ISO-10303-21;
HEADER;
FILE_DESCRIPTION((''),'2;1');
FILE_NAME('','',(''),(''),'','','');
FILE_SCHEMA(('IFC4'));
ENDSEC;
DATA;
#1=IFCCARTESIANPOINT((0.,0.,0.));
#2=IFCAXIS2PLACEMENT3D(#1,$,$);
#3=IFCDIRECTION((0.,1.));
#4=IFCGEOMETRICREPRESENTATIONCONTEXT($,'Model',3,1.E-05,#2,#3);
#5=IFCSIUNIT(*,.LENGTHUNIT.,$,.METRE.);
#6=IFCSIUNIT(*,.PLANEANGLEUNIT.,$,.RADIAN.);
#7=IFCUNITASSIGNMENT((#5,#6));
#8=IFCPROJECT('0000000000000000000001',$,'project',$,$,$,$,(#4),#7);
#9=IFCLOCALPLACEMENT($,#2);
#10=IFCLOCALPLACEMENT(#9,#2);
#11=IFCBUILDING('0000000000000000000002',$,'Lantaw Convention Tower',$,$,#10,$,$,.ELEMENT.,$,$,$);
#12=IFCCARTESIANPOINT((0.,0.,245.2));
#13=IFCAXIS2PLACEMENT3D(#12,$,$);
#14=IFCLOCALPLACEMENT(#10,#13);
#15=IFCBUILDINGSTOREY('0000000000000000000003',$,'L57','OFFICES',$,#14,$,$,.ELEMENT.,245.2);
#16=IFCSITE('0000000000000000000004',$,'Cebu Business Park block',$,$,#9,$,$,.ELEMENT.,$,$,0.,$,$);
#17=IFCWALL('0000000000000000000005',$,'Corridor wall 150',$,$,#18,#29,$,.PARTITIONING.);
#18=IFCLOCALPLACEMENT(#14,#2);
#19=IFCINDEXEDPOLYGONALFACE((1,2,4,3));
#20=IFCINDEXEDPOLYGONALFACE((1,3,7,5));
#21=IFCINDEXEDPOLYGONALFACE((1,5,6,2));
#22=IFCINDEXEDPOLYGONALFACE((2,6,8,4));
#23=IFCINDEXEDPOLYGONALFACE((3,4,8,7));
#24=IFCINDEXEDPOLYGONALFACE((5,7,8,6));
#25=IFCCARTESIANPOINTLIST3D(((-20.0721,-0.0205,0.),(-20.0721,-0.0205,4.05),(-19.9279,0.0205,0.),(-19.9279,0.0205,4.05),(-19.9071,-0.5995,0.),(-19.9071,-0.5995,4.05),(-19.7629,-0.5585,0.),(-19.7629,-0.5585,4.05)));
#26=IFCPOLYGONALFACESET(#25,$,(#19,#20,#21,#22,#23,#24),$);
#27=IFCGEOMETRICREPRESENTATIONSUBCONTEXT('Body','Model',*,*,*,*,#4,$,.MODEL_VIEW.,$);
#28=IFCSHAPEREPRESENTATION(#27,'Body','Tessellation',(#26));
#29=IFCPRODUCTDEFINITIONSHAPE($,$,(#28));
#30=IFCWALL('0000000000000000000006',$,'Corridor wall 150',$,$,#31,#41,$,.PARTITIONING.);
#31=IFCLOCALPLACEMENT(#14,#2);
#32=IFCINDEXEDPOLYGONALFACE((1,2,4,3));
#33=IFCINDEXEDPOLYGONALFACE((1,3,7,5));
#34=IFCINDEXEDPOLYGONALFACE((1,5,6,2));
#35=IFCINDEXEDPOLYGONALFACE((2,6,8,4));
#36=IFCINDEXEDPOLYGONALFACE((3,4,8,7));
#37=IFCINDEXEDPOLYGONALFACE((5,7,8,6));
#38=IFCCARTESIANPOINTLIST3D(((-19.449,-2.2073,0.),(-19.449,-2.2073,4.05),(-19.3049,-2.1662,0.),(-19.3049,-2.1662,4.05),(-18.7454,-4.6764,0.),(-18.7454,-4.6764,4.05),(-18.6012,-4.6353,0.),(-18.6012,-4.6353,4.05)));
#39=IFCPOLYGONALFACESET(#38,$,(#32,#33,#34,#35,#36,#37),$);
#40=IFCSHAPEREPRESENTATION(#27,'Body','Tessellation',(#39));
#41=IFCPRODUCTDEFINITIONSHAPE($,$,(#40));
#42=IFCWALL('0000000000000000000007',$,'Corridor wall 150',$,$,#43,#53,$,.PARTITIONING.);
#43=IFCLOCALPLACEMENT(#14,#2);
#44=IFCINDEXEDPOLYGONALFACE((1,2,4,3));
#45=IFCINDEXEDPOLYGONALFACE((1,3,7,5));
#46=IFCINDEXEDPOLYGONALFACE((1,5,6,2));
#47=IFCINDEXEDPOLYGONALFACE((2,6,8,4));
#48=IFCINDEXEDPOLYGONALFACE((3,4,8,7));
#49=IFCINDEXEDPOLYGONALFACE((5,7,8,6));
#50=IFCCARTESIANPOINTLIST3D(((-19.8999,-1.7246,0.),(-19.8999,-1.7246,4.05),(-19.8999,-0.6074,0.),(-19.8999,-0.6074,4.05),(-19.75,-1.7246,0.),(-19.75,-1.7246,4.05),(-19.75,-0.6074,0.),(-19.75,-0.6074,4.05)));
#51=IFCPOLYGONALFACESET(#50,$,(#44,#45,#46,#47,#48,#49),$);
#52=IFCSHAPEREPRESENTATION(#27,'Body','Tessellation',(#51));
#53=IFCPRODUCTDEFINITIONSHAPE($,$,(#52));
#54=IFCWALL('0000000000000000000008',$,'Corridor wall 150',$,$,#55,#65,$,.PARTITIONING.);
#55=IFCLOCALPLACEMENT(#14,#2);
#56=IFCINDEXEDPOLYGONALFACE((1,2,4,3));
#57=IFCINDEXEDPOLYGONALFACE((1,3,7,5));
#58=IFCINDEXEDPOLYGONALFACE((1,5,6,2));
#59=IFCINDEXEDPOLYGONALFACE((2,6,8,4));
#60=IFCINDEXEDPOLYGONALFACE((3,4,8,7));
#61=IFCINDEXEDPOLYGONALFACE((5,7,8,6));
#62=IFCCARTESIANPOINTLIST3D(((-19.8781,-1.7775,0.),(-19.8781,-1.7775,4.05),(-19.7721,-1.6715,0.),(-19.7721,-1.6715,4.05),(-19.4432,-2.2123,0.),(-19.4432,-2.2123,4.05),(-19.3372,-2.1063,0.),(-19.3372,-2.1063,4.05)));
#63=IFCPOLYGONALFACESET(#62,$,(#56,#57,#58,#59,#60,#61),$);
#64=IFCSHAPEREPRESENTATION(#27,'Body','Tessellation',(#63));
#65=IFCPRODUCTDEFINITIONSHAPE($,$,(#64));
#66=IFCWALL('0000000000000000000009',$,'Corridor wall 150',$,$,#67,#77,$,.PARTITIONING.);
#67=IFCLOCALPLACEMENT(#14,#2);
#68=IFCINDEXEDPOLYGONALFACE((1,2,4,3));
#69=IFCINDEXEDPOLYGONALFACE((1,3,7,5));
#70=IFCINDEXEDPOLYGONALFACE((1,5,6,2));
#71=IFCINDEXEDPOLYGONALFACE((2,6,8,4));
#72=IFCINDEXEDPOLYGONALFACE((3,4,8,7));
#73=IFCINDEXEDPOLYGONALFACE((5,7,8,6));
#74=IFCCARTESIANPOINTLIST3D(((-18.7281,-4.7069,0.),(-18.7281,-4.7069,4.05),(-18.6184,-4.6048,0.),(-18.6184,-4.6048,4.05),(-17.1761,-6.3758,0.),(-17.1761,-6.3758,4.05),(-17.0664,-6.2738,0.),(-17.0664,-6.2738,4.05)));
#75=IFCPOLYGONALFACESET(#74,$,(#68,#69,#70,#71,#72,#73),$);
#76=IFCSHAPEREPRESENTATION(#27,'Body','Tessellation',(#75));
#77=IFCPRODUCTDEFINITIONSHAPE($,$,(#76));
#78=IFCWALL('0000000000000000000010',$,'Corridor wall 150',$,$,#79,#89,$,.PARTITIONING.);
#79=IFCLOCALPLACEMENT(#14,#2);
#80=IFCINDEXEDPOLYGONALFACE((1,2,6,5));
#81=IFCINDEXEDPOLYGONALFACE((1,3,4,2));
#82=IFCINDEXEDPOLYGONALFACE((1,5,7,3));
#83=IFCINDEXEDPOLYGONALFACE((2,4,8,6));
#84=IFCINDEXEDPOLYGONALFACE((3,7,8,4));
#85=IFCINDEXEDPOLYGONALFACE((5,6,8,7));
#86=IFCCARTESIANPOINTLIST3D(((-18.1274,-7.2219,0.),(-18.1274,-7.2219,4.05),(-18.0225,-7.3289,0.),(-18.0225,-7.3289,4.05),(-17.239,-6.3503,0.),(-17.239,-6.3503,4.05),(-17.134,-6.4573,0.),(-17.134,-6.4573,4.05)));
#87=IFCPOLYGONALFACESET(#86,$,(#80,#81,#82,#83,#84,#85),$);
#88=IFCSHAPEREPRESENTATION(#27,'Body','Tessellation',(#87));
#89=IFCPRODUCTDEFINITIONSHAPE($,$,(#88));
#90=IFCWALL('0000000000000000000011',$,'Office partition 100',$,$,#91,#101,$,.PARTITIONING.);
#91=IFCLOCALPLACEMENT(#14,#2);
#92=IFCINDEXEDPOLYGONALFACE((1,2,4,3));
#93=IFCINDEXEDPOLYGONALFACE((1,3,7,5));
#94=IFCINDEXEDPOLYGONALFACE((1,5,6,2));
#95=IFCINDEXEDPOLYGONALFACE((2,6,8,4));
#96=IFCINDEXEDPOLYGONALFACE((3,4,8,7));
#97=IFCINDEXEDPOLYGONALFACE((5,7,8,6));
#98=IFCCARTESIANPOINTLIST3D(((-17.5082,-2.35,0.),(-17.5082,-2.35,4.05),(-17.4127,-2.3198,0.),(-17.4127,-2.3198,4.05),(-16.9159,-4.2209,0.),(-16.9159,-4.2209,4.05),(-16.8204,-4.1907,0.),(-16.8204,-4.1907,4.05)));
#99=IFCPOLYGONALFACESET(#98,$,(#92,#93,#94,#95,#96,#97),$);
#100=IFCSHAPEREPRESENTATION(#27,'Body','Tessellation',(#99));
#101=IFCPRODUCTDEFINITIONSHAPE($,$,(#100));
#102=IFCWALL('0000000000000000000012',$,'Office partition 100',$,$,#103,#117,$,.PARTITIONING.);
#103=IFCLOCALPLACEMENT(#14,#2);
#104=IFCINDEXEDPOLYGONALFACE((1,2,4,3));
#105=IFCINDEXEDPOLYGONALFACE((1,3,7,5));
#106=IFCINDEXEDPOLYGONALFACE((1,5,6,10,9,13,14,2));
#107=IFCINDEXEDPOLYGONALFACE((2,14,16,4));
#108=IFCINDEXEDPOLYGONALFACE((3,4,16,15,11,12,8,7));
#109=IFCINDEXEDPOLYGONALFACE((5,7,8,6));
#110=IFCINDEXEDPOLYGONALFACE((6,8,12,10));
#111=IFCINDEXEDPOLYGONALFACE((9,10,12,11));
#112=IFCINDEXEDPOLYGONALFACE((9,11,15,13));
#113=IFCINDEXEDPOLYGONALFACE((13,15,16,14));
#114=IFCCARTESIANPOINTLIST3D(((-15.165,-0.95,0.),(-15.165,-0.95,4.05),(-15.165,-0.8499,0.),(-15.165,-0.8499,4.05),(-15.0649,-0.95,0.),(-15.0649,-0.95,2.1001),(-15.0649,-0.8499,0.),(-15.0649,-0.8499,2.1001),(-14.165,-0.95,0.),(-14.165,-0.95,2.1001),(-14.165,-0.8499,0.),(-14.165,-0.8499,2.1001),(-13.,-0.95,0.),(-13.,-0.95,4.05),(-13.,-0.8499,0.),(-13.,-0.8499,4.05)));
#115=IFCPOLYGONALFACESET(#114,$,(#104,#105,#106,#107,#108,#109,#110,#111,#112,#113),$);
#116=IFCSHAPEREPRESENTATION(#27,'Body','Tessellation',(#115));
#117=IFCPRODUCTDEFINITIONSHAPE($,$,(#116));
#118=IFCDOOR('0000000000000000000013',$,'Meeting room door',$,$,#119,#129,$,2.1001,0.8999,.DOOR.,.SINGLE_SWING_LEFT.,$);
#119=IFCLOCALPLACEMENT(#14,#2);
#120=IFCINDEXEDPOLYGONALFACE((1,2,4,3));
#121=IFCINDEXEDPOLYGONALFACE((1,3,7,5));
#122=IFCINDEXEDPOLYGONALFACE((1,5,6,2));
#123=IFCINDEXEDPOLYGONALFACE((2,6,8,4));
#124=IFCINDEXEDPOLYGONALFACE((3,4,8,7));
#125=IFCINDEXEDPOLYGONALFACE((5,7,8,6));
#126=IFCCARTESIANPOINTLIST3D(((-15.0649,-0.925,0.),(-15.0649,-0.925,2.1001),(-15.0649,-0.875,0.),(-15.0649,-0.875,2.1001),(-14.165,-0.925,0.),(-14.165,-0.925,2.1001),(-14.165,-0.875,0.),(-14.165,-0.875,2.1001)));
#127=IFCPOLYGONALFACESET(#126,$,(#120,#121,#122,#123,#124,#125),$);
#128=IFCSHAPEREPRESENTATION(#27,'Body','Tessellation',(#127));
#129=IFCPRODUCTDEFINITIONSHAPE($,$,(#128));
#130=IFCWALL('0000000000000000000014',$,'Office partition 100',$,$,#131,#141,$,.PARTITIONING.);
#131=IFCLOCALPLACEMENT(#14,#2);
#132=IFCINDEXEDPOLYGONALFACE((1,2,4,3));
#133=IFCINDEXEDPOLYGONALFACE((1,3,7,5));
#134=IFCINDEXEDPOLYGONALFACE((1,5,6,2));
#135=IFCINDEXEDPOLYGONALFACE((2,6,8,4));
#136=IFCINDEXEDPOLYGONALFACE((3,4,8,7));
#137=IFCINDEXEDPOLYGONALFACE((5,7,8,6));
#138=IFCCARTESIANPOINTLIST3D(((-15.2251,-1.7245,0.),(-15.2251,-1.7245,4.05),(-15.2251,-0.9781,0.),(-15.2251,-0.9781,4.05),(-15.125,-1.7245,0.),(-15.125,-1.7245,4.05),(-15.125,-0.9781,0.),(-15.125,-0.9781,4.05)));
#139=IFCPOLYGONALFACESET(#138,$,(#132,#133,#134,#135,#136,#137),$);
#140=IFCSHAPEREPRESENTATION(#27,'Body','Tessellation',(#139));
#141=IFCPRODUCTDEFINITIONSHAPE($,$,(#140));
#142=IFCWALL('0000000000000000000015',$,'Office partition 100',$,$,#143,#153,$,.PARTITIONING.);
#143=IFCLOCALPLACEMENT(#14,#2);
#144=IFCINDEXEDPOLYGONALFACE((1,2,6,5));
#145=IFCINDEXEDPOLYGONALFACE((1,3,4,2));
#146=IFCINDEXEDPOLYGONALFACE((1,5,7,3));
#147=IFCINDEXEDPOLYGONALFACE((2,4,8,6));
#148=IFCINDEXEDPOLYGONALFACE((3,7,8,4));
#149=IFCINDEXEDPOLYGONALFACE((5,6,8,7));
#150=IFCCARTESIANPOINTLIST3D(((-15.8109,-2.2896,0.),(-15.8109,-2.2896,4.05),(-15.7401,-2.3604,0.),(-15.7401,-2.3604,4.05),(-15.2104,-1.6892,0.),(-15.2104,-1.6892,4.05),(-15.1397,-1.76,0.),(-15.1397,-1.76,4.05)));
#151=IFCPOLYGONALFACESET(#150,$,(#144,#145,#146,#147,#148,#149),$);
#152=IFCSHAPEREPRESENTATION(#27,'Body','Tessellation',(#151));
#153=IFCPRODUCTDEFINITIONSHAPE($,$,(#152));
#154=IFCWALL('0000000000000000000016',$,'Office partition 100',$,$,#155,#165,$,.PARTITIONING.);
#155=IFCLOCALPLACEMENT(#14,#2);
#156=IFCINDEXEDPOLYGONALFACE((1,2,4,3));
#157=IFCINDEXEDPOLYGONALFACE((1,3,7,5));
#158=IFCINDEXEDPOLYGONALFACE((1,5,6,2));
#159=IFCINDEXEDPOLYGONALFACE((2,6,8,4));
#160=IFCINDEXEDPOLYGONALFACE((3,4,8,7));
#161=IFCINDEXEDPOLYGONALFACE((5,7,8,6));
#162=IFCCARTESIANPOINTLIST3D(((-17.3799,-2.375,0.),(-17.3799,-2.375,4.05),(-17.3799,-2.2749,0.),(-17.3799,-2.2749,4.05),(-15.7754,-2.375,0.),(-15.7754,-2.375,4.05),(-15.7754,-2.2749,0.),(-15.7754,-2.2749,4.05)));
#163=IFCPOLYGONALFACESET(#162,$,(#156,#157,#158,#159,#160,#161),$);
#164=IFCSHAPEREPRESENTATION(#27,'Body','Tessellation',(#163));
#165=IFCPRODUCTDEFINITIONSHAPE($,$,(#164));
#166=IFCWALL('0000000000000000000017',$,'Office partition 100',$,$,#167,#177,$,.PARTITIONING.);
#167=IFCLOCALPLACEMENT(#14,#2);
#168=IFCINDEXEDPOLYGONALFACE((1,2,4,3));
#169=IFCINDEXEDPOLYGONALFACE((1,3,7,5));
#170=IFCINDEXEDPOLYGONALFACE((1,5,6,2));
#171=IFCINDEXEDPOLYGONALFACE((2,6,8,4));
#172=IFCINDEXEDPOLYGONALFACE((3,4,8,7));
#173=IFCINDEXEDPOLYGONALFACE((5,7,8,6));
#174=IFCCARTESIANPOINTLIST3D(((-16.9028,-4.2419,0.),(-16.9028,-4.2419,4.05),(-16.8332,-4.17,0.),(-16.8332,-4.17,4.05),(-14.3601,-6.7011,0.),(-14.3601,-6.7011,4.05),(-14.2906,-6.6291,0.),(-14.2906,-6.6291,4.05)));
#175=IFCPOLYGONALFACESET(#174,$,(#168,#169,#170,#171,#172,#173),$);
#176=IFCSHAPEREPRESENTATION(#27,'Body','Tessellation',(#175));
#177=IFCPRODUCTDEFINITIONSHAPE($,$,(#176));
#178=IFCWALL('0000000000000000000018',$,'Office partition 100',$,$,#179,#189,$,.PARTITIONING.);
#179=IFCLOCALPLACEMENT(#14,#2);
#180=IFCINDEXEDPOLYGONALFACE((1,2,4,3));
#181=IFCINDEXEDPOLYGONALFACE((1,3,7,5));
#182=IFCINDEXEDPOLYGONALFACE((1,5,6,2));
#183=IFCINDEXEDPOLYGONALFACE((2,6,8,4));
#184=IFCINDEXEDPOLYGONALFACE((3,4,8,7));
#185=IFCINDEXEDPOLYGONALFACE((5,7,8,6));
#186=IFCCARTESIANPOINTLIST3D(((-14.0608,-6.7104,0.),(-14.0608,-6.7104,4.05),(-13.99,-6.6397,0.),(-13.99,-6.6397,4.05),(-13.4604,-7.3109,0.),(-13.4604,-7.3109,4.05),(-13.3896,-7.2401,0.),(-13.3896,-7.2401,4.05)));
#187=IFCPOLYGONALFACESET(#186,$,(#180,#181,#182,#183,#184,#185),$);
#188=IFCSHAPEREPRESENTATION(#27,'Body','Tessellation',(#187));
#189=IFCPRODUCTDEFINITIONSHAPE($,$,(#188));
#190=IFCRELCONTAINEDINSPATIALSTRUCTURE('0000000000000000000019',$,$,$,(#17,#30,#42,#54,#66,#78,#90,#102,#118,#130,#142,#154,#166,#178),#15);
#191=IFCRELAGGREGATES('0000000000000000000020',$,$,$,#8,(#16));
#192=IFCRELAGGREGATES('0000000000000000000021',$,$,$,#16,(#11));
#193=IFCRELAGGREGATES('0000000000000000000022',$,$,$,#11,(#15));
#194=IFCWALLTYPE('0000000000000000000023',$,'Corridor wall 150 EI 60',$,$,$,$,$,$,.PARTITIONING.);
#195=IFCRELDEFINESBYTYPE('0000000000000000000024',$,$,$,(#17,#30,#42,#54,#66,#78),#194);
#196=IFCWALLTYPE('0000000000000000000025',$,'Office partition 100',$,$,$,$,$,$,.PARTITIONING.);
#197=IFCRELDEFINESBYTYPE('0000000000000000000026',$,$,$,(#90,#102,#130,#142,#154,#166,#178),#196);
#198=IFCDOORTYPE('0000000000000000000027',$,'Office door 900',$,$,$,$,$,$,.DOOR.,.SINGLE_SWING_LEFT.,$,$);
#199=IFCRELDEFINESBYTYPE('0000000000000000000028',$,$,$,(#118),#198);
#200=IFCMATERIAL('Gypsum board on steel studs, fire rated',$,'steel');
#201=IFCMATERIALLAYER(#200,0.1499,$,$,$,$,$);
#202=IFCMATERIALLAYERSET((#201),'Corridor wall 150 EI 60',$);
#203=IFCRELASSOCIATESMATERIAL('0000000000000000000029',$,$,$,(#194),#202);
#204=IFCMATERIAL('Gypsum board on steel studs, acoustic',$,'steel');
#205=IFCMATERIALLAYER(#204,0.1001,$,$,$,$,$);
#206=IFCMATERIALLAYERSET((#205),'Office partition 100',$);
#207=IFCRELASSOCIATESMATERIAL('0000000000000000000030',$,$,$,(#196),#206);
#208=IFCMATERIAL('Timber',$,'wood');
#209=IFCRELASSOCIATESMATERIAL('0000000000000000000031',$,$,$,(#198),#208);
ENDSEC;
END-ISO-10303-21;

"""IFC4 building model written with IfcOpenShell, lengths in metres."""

from ifc_helpers import new_model, si_unit, direction, frame, frame_2d, origin, place, context, subcontext, project, spatial, rectangle, extrude, material, layer, layer_set, type_object, element, fill, save


model = new_model("IFC4")

# Units and contexts
model_context = context("Model", 3, precision=1e-05, world=origin(), true_north=direction((0.0, 1.0)))
body_context = subcontext(model_context, "Body", "Model", "MODEL_VIEW")
ifc_project = project(units=[si_unit("LENGTHUNIT", "METRE"), si_unit("PLANEANGLEUNIT", "RADIAN")], contexts=[model_context])

# Site, building, storey
site_placement = place(None, origin())
site = spatial("IfcSite", under=ifc_project, at=site_placement, Name="Cebu Business Park block", CompositionType="ELEMENT", RefElevation=0.0)
building_placement = place(site_placement, origin())
building = spatial("IfcBuilding", under=site, at=building_placement, Name="Lantaw Convention Tower", CompositionType="ELEMENT")
storey_placement = place(building_placement, frame((0.0, 0.0, 245.2)))
storey = spatial("IfcBuildingStorey", under=building, at=storey_placement, Name="L57", Description="OFFICES", CompositionType="ELEMENT", Elevation=245.2)

# Walls
ifc_material_1 = material(Name="Gypsum board on steel studs, fire rated", Category="steel")
ifc_layer_1 = layer(ifc_material_1, 0.1499)
ifc_layer_set_1 = layer_set([ifc_layer_1], Name="Corridor wall 150 EI 60")
wall_type_1 = type_object("IfcWallType", Name="Corridor wall 150 EI 60", PredefinedType="PARTITIONING", material=ifc_layer_set_1)
wall_1_placement = place(storey_placement, frame((-20.0, 0.0, 0.0), z_axis=(0.0, 0.0, 1.0), x_axis=(0.274078, -0.961707, 0.0)))
element("IfcWall", 1, at=wall_1_placement, inside=storey, type_object=wall_type_1, Name="Corridor wall 150", PredefinedType="PARTITIONING", context=body_context, shape_type="SweptSolid", body=[
    extrude(rectangle(XDim=0.6021, YDim=0.1499, at=frame_2d((0.301, 0.0))), origin(), (0.0, 0.0, 1.0), 4.05),
])
wall_2_placement = place(storey_placement, frame((-19.377, -2.1868, 0.0), z_axis=(0.0, 0.0, 1.0), x_axis=(0.274068, -0.96171, 0.0)))
element("IfcWall", 2, at=wall_2_placement, inside=storey, type_object=wall_type_1, Name="Corridor wall 150", PredefinedType="PARTITIONING", context=body_context, shape_type="SweptSolid", body=[
    extrude(rectangle(XDim=2.5674, YDim=0.1499, at=frame_2d((1.2837, 0.0))), origin(), (0.0, 0.0, 1.0), 4.05),
])
wall_3_placement = place(storey_placement, frame((-19.825, -1.7246, 0.0), z_axis=(0.0, 0.0, 1.0), x_axis=(0.0, 1.0, 0.0)))
element("IfcWall", 3, at=wall_3_placement, inside=storey, type_object=wall_type_1, Name="Corridor wall 150", PredefinedType="PARTITIONING", context=body_context, shape_type="SweptSolid", body=[
    extrude(rectangle(XDim=1.1172, YDim=0.1499, at=frame_2d((0.5586, 0.0))), origin(), (0.0, 0.0, 1.0), 4.05),
])
wall_4_placement = place(storey_placement, frame((-19.3901, -2.1594, 0.0), z_axis=(0.0, 0.0, 1.0), x_axis=(-0.707107, 0.707107, 0.0)))
element("IfcWall", 4, at=wall_4_placement, inside=storey, type_object=wall_type_1, Name="Corridor wall 150", PredefinedType="PARTITIONING", context=body_context, shape_type="SweptSolid", body=[
    extrude(rectangle(XDim=0.615, YDim=0.1499, at=frame_2d((0.3076, 0.0))), origin(), (0.0, 0.0, 1.0), 4.05),
])
wall_5_placement = place(storey_placement, frame((-18.6733, -4.6558, 0.0), z_axis=(0.0, 0.0, 1.0), x_axis=(0.680985, -0.732297, 0.0)))
element("IfcWall", 5, at=wall_5_placement, inside=storey, type_object=wall_type_1, Name="Corridor wall 150", PredefinedType="PARTITIONING", context=body_context, shape_type="SweptSolid", body=[
    extrude(rectangle(XDim=2.2791, YDim=0.1499, at=frame_2d((1.1396, 0.0))), origin(), (0.0, 0.0, 1.0), 4.05),
])
wall_6_placement = place(storey_placement, frame((-18.075, -7.2754, 0.0), z_axis=(0.0, 0.0, 1.0), x_axis=(0.713842, 0.700307, 0.0)))
element("IfcWall", 6, at=wall_6_placement, inside=storey, type_object=wall_type_1, Name="Corridor wall 150", PredefinedType="PARTITIONING", context=body_context, shape_type="SweptSolid", body=[
    extrude(rectangle(XDim=1.2446, YDim=0.1499, at=frame_2d((0.6223, 0.0))), origin(), (0.0, 0.0, 1.0), 4.05),
])
ifc_material_2 = material(Name="Gypsum board on steel studs, acoustic", Category="steel")
ifc_layer_2 = layer(ifc_material_2, 0.1001)
ifc_layer_set_2 = layer_set([ifc_layer_2], Name="Office partition 100")
wall_type_2 = type_object("IfcWallType", Name="Office partition 100", PredefinedType="PARTITIONING", material=ifc_layer_set_2)
wall_7_placement = place(storey_placement, frame((-16.8682, -4.2058, 0.0), z_axis=(0.0, 0.0, 1.0), x_axis=(-0.301822, 0.953364, 0.0)))
element("IfcWall", 7, at=wall_7_placement, inside=storey, type_object=wall_type_2, Name="Office partition 100", PredefinedType="PARTITIONING", context=body_context, shape_type="SweptSolid", body=[
    extrude(rectangle(XDim=1.9624, YDim=0.1001, at=frame_2d((0.9812, 0.0))), origin(), (0.0, 0.0, 1.0), 4.05),
])

# Wall, opening, door
wall_8_placement = place(storey_placement, frame((-15.165, -0.8999, 0.0), z_axis=(0.0, 0.0, 1.0), x_axis=(1.0, 0.0, 0.0)))
wall_8 = element("IfcWall", 8, at=wall_8_placement, inside=storey, type_object=wall_type_2, Name="Office partition 100", PredefinedType="PARTITIONING", context=body_context, shape_type="SweptSolid", body=[
    extrude(rectangle(XDim=2.165, YDim=0.1001, at=frame_2d((1.0825, 0.0))), origin(), (0.0, 0.0, 1.0), 4.05),
])
opening_placement = place(wall_8_placement, frame((0.1001, 0.0, 0.0)))
opening = element("IfcOpeningElement", 9, at=opening_placement, cuts=wall_8, PredefinedType="OPENING", context=body_context, shape_type="SweptSolid", body=[
    extrude(rectangle(XDim=0.8999, YDim=2.1001, at=frame_2d((0.45, 1.05))), frame((0.0, 0.0601, 0.0), z_axis=(0.0, -1.0, 0.0), x_axis=(1.0, 0.0, 0.0)), (0.0, 0.0, 1.0), 0.1201),
])
ifc_material_3 = material(Name="Timber", Category="wood")
door_type = type_object("IfcDoorType", Name="Office door 900", OperationType="SINGLE_SWING_LEFT", PredefinedType="DOOR", material=ifc_material_3)
door_placement = place(opening_placement, origin())
door = element("IfcDoor", 10, at=door_placement, inside=storey, type_object=door_type, Name="Meeting room door", OperationType="SINGLE_SWING_LEFT", OverallHeight=2.1001, OverallWidth=0.8999, PredefinedType="DOOR", context=body_context, shape_type="SweptSolid", body=[
    extrude(rectangle(XDim=0.8999, YDim=2.1001, at=frame_2d((0.45, 1.05))), frame((0.0, 0.0249, 0.0), z_axis=(0.0, -1.0, 0.0), x_axis=(1.0, 0.0, 0.0)), (0.0, 0.0, 1.0), 0.05),
])
fill(opening, door)

# Walls
wall_9_placement = place(storey_placement, frame((-15.175, -0.9783, 0.0), z_axis=(0.0, 0.0, 1.0), x_axis=(0.0, -1.0, 0.0)))
element("IfcWall", 11, at=wall_9_placement, inside=storey, type_object=wall_type_2, Name="Office partition 100", PredefinedType="PARTITIONING", context=body_context, shape_type="SweptSolid", body=[
    extrude(rectangle(XDim=0.7463, YDim=0.1001, at=frame_2d((0.373, 0.0))), origin(), (0.0, 0.0, 1.0), 4.05),
])
wall_10_placement = place(storey_placement, frame((-15.175, -1.7246, 0.0), z_axis=(0.0, 0.0, 1.0), x_axis=(-0.707107, -0.707107, 0.0)))
element("IfcWall", 12, at=wall_10_placement, inside=storey, type_object=wall_type_2, Name="Office partition 100", PredefinedType="PARTITIONING", context=body_context, shape_type="SweptSolid", body=[
    extrude(rectangle(XDim=0.8491, YDim=0.1001, at=frame_2d((0.4246, 0.0))), origin(), (0.0, 0.0, 1.0), 4.05),
])
wall_11_placement = place(storey_placement, frame((-15.7754, -2.325, 0.0), z_axis=(0.0, 0.0, 1.0), x_axis=(-1.0, 0.0, 0.0)))
element("IfcWall", 13, at=wall_11_placement, inside=storey, type_object=wall_type_2, Name="Office partition 100", PredefinedType="PARTITIONING", context=body_context, shape_type="SweptSolid", body=[
    extrude(rectangle(XDim=1.6045, YDim=0.1001, at=frame_2d((0.8022, 0.0))), origin(), (0.0, 0.0, 1.0), 4.05),
])
wall_12_placement = place(storey_placement, frame((-14.3254, -6.665, 0.0), z_axis=(0.0, 0.0, 1.0), x_axis=(-0.71881, 0.695206, 0.0)))
element("IfcWall", 14, at=wall_12_placement, inside=storey, type_object=wall_type_2, Name="Office partition 100", PredefinedType="PARTITIONING", context=body_context, shape_type="SweptSolid", body=[
    extrude(rectangle(XDim=3.5374, YDim=0.1001, at=frame_2d((1.7686, 0.0))), origin(), (0.0, 0.0, 1.0), 4.05),
])
wall_13_placement = place(storey_placement, frame((-14.0254, -6.675, 0.0), z_axis=(0.0, 0.0, 1.0), x_axis=(0.707107, -0.707107, 0.0)))
element("IfcWall", 15, at=wall_13_placement, inside=storey, type_object=wall_type_2, Name="Office partition 100", PredefinedType="PARTITIONING", context=body_context, shape_type="SweptSolid", body=[
    extrude(rectangle(XDim=0.8491, YDim=0.1001, at=frame_2d((0.4246, 0.0))), origin(), (0.0, 0.0, 1.0), 4.05),
])

save(model, "model.ifc")
